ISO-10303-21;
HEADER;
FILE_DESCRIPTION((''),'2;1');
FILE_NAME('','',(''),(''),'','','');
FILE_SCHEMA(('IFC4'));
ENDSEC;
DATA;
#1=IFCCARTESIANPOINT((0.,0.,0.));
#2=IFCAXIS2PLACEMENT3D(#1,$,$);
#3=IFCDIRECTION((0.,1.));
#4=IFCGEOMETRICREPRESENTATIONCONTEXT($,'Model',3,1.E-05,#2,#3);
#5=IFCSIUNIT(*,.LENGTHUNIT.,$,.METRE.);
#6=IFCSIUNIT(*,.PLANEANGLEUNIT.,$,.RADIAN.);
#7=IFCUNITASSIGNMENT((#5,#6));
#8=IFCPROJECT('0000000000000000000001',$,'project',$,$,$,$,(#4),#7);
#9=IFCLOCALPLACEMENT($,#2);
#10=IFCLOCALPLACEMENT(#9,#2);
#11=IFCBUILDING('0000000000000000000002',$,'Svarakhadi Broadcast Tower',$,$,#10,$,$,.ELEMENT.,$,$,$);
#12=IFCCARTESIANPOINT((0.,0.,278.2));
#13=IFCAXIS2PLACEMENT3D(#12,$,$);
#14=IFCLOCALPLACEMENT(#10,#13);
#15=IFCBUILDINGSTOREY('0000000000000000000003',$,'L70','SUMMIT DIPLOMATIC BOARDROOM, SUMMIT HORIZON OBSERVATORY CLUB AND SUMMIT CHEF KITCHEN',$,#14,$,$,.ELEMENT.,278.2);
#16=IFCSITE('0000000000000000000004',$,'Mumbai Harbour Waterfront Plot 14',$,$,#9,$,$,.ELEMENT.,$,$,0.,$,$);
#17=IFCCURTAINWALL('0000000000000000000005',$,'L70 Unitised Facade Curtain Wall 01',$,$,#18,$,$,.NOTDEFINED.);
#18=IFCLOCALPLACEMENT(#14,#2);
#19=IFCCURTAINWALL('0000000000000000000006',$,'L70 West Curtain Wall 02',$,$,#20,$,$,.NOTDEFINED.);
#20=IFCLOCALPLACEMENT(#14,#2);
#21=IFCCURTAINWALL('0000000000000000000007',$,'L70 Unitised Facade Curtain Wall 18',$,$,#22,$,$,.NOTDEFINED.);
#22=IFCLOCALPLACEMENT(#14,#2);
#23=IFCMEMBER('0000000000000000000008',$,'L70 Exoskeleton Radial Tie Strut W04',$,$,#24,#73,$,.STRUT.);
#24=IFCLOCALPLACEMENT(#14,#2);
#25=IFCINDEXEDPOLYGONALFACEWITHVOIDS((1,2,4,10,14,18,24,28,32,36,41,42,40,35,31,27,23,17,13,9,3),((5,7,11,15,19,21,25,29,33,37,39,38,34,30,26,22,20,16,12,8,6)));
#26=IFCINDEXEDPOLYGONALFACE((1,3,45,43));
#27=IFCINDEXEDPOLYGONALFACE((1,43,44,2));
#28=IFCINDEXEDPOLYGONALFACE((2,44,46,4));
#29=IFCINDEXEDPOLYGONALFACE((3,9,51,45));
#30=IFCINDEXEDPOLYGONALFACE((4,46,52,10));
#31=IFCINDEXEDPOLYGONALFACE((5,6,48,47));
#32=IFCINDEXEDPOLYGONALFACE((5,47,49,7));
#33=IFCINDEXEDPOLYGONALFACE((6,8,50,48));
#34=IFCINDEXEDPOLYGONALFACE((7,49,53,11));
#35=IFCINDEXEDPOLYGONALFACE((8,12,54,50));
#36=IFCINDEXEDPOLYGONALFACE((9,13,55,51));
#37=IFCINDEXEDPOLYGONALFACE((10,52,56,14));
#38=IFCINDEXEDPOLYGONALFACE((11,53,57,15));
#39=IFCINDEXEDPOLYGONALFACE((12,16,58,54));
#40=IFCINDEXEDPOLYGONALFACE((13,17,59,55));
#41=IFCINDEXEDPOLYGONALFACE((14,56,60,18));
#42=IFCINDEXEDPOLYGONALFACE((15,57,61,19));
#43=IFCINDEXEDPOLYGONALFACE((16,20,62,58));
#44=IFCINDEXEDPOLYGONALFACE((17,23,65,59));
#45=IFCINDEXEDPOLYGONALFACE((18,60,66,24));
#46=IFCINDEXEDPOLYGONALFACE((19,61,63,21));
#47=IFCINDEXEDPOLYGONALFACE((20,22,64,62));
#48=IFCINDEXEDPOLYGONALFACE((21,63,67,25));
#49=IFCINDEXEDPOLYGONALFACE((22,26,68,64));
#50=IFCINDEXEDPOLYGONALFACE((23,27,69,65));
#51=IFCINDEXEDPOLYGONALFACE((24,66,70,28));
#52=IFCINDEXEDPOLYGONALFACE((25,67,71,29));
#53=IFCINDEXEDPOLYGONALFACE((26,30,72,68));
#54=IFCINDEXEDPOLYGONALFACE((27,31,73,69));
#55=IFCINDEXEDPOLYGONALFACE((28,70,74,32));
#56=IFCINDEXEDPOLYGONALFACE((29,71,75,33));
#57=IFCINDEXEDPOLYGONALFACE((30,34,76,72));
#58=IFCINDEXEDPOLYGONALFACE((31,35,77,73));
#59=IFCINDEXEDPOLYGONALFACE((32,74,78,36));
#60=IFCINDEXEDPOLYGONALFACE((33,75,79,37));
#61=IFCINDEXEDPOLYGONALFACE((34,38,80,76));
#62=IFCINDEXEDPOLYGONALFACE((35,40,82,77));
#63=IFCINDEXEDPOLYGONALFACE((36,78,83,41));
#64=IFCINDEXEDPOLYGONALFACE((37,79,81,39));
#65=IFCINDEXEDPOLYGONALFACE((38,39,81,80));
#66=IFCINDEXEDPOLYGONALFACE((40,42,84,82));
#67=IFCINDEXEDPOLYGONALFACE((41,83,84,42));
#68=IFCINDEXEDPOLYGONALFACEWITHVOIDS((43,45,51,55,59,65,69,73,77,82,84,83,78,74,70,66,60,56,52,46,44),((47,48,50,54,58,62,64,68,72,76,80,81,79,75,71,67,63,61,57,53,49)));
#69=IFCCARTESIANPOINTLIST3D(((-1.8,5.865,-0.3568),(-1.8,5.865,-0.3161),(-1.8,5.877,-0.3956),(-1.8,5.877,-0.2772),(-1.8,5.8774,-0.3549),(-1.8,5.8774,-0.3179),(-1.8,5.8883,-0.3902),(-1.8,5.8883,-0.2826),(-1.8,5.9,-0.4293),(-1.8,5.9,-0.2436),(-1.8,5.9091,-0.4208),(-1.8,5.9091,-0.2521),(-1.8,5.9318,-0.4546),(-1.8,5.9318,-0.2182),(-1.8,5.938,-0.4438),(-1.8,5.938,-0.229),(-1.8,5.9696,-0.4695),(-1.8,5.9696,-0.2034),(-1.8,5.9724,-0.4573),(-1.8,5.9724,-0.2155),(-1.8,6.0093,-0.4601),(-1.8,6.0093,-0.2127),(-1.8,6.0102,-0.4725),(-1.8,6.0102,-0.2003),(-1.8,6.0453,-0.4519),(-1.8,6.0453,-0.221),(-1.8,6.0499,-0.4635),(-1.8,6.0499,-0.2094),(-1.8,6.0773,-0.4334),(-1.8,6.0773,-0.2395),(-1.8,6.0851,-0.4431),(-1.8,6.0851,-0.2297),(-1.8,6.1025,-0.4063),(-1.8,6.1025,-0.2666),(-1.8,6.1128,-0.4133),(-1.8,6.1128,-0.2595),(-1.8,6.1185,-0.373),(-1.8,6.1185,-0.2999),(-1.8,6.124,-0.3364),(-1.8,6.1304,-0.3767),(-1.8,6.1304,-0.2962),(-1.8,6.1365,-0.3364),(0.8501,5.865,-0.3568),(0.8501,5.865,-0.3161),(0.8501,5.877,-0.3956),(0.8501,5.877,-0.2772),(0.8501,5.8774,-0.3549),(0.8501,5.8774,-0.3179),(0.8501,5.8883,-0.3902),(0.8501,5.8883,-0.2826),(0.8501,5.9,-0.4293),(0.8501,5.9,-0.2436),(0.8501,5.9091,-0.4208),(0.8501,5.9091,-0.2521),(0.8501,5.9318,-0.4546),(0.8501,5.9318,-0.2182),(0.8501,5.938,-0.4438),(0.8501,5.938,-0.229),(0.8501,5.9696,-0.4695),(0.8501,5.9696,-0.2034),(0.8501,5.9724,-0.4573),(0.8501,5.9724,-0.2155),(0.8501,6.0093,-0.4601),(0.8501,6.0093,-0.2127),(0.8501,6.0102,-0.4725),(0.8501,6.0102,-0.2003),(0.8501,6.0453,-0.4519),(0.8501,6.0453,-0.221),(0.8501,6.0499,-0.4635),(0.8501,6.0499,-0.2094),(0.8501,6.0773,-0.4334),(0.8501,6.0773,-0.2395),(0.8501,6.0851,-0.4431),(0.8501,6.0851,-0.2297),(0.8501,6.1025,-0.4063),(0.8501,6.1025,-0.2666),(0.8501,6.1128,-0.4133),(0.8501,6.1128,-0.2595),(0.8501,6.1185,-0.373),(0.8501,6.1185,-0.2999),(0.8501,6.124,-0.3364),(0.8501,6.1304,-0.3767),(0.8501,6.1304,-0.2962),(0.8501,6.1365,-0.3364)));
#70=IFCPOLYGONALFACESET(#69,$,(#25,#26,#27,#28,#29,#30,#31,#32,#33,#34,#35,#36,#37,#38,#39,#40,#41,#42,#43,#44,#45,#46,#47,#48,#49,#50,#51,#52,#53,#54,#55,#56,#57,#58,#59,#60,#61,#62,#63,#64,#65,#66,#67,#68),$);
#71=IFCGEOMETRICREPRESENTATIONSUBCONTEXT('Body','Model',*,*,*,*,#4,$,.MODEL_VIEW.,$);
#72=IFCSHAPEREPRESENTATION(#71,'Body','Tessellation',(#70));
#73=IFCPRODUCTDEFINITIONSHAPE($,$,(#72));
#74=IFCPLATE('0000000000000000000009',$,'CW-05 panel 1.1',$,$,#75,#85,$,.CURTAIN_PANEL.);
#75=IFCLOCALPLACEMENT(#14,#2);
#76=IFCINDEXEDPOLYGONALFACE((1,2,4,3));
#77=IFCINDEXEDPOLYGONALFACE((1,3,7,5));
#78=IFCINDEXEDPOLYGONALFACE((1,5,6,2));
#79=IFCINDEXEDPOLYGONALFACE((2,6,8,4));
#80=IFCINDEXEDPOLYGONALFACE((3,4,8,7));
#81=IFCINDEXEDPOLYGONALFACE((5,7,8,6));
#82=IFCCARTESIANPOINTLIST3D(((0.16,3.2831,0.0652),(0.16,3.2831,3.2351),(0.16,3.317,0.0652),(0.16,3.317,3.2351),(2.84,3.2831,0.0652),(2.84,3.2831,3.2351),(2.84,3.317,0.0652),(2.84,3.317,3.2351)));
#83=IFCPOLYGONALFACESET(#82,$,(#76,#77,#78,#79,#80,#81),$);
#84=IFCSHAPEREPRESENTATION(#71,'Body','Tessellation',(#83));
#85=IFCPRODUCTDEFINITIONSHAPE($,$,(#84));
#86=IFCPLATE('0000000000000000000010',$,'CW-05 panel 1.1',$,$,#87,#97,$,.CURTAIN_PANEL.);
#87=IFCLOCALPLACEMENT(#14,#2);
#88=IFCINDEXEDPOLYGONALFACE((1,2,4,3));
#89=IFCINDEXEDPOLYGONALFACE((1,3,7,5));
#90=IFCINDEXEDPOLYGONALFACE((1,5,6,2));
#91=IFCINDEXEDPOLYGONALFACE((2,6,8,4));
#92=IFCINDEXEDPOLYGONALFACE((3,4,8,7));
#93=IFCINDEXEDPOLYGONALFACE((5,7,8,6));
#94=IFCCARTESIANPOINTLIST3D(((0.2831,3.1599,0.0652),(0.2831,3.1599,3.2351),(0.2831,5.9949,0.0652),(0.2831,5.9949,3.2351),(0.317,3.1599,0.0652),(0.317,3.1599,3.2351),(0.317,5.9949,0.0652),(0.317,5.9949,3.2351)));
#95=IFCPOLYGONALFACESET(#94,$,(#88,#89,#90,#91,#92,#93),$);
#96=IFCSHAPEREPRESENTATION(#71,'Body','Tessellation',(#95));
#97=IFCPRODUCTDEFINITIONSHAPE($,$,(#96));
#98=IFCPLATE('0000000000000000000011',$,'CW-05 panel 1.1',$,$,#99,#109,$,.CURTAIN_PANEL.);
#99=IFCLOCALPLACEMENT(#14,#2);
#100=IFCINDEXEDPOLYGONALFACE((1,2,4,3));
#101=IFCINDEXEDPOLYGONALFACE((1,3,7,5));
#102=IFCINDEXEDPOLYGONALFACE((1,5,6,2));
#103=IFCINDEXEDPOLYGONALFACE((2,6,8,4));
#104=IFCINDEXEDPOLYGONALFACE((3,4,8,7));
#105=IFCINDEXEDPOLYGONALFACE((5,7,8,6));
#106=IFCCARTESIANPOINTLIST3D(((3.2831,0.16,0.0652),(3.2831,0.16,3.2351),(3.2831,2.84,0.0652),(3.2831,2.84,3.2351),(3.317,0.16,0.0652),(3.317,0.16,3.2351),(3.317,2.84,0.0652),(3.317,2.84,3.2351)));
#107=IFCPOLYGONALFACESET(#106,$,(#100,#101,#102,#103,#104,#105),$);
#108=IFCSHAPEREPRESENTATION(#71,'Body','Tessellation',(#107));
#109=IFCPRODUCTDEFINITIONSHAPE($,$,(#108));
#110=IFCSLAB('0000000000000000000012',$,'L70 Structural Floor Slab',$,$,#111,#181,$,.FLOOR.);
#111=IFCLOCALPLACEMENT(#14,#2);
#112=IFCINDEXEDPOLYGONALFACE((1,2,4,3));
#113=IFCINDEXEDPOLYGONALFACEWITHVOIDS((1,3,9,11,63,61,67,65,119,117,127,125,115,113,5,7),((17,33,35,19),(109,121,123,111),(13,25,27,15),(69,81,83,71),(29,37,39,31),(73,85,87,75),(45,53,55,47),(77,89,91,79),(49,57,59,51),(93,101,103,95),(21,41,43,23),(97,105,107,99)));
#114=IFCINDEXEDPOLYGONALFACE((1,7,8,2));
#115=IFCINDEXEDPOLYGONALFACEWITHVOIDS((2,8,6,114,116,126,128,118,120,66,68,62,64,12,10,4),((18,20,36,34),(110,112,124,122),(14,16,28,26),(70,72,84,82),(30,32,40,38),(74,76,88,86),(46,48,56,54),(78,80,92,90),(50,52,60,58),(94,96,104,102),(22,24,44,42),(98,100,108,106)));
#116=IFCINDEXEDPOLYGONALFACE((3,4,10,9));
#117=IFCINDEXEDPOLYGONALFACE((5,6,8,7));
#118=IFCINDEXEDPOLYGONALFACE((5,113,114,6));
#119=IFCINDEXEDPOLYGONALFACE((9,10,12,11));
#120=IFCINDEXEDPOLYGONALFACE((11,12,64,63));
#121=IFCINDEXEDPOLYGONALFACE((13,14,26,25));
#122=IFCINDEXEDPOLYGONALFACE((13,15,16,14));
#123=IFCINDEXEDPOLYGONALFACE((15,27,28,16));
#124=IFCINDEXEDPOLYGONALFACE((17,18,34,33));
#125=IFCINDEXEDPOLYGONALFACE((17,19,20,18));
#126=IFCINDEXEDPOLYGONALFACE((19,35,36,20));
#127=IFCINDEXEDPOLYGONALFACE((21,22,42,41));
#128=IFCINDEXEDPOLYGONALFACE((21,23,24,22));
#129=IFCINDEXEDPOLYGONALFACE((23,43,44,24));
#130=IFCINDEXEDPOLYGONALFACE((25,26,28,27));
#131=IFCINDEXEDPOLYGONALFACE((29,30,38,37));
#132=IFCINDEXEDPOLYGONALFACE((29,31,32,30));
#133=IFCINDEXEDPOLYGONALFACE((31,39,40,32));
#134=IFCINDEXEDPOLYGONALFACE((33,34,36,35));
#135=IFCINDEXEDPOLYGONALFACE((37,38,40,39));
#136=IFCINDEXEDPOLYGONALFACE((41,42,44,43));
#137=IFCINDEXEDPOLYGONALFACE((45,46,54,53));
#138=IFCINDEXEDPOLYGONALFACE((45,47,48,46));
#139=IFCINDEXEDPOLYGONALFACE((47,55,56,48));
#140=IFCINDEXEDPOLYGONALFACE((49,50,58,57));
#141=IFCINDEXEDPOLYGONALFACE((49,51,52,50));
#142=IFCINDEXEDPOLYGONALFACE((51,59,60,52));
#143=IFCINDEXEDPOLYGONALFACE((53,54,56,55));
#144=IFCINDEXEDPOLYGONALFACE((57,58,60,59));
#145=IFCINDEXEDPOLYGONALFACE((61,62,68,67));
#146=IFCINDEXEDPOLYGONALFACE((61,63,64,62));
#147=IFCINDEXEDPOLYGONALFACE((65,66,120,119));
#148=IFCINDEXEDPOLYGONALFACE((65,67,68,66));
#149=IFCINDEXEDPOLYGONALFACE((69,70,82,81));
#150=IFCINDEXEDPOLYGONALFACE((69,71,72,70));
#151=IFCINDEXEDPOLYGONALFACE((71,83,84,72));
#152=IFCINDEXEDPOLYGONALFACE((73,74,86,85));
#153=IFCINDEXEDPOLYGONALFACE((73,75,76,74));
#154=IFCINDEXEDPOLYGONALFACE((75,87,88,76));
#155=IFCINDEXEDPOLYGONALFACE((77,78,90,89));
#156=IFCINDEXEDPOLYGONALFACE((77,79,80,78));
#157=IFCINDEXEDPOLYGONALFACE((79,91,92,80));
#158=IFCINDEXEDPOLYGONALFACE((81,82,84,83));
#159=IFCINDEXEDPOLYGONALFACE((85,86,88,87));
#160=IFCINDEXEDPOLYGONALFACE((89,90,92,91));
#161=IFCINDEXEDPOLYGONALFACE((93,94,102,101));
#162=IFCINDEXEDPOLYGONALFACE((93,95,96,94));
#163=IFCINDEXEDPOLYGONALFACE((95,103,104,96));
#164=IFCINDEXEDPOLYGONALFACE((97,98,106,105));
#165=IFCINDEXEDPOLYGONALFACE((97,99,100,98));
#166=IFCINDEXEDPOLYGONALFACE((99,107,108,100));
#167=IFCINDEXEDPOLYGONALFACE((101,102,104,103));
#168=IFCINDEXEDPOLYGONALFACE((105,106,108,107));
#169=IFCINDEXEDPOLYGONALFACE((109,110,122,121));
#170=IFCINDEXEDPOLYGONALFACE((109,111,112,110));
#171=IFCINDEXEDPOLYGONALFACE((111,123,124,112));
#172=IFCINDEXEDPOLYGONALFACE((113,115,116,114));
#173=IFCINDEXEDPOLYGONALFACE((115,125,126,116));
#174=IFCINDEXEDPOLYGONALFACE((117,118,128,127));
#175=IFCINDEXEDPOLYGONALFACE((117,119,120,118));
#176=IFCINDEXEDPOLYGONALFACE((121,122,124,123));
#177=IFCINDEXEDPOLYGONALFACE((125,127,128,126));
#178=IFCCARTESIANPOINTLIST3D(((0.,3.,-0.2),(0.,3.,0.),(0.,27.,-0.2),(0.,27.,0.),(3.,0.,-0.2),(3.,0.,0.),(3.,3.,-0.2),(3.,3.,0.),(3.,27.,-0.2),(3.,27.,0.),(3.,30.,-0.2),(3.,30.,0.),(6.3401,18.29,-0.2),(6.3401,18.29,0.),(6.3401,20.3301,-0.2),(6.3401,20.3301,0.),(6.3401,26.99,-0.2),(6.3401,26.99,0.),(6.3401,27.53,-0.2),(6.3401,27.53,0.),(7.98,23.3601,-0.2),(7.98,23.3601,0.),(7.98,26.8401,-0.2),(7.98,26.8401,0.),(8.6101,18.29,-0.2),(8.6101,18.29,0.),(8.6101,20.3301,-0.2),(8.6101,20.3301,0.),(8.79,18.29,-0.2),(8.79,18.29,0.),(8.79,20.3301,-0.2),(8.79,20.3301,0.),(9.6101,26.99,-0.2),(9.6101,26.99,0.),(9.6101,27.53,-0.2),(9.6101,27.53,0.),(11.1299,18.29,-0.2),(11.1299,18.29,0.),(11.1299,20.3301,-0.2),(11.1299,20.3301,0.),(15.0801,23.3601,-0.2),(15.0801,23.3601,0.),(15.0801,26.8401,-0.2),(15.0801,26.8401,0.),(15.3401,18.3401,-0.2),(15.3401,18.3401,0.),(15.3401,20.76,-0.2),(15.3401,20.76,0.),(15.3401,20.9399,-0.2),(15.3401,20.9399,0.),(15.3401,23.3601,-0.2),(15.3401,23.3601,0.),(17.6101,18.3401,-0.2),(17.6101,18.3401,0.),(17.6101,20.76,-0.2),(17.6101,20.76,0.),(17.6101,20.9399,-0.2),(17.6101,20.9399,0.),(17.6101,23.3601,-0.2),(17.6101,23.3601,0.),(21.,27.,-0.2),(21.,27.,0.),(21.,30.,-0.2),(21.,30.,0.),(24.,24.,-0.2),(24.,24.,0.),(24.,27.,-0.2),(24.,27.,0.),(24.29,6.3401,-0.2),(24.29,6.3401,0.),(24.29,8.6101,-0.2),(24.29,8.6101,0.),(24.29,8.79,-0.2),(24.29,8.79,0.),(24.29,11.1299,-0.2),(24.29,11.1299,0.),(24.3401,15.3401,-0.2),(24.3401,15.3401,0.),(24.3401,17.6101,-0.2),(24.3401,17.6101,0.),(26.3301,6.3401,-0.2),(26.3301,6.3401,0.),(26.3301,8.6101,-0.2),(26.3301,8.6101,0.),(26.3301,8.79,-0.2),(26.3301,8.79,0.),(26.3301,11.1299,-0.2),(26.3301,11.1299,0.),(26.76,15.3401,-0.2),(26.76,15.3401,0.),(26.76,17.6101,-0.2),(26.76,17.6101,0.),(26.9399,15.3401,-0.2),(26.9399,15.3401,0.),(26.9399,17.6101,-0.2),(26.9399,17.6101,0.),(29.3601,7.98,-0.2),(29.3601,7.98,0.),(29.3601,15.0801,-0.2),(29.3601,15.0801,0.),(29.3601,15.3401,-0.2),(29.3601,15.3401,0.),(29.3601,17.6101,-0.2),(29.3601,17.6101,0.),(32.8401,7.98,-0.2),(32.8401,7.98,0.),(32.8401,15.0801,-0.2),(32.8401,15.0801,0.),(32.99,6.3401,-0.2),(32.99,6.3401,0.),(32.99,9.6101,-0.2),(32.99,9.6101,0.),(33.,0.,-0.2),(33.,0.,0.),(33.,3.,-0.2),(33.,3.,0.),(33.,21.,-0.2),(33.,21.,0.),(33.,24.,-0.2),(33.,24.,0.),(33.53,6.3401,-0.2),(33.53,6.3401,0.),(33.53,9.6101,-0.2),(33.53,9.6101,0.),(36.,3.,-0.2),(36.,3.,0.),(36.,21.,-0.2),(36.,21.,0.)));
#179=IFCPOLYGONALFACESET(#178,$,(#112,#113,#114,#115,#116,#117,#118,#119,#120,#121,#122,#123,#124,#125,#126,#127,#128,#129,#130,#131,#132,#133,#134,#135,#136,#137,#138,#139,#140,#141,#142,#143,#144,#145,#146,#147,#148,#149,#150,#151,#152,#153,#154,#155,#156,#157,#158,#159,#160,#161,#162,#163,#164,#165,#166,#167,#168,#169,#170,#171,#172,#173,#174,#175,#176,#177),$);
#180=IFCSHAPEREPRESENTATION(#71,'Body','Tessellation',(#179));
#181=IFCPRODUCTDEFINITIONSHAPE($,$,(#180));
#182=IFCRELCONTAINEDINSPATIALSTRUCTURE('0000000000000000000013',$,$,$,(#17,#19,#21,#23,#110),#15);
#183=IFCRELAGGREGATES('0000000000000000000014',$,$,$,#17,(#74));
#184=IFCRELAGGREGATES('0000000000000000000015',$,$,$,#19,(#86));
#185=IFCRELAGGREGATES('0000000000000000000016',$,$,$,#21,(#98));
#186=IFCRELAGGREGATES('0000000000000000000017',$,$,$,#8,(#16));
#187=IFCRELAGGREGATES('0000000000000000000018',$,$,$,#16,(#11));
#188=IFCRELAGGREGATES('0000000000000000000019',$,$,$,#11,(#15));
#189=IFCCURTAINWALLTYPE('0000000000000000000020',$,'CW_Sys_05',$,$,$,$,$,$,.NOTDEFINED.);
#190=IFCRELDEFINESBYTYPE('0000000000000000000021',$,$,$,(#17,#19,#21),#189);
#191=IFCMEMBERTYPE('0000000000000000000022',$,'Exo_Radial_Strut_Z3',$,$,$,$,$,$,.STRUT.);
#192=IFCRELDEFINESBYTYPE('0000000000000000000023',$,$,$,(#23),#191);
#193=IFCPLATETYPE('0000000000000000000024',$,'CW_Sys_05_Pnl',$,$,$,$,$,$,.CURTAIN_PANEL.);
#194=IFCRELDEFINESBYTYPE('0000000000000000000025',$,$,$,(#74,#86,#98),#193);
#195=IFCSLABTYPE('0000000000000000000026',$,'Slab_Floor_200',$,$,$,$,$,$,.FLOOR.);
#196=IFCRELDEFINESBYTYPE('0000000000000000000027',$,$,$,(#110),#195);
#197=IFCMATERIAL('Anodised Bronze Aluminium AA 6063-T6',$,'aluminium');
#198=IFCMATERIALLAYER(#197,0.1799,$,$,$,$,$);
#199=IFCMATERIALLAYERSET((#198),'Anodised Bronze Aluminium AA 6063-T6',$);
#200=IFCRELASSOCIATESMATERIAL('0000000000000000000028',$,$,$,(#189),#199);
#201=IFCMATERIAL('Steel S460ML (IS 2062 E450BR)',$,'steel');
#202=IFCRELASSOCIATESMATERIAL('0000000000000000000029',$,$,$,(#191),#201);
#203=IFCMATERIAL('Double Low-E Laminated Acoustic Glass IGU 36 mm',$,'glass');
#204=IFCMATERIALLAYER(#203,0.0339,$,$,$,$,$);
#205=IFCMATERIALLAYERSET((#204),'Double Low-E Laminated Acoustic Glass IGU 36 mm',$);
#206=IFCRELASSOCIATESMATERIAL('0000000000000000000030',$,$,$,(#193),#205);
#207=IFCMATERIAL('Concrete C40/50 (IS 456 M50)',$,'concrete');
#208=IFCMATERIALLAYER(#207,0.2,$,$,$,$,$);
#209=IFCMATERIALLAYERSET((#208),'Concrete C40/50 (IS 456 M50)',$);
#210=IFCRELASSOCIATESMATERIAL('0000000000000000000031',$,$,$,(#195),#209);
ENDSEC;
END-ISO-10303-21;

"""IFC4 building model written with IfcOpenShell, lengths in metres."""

from ifc_helpers import new_model, si_unit, direction, frame, origin, origin_2d, place, context, subcontext, project, spatial, polyline, rectangle, hollow_circle, outline, extrude, material, layer, layer_set, material_profile, profile_set, type_object, element, aggregate, save


model = new_model("IFC4")

# Units and contexts
model_context = context("Model", 3, precision=1e-05, world=origin(), true_north=direction((0.0, 1.0)))
body_context = subcontext(model_context, "Body", "Model", "MODEL_VIEW")
ifc_project = project(units=[si_unit("LENGTHUNIT", "METRE"), si_unit("PLANEANGLEUNIT", "RADIAN")], contexts=[model_context])

# Site, building, storey
site_placement = place(None, origin())
site = spatial("IfcSite", under=ifc_project, at=site_placement, Name="Mumbai Harbour Waterfront Plot 14", CompositionType="ELEMENT", RefElevation=0.0)
building_placement = place(site_placement, origin())
building = spatial("IfcBuilding", under=site, at=building_placement, Name="Svarakhadi Broadcast Tower", CompositionType="ELEMENT")
storey_placement = place(building_placement, frame((0.0, 0.0, 278.2)))
storey = spatial("IfcBuildingStorey", under=building, at=storey_placement, Name="L70", Description="SUMMIT DIPLOMATIC BOARDROOM, SUMMIT HORIZON OBSERVATORY CLUB AND SUMMIT CHEF KITCHEN", CompositionType="ELEMENT", Elevation=278.2)

# Curtain wall
ifc_material_1 = material(Name="Anodised Bronze Aluminium AA 6063-T6", Category="aluminium")
ifc_layer_1 = layer(ifc_material_1, 0.1799)
ifc_layer_set_1 = layer_set([ifc_layer_1], Name="Anodised Bronze Aluminium AA 6063-T6")
curtain_wall_type = type_object("IfcCurtainWallType", Name="CW_Sys_05", PredefinedType="NOTDEFINED", material=ifc_layer_set_1)
curtain_wall_1_placement = place(storey_placement, origin())
curtain_wall_1 = element("IfcCurtainWall", 1, at=curtain_wall_1_placement, inside=storey, type_object=curtain_wall_type, Name="L70 Unitised Facade Curtain Wall 01", PredefinedType="NOTDEFINED")

# Curtain walls
curtain_wall_2_placement = place(storey_placement, origin())
curtain_wall_2 = element("IfcCurtainWall", 2, at=curtain_wall_2_placement, inside=storey, type_object=curtain_wall_type, Name="L70 West Curtain Wall 02", PredefinedType="NOTDEFINED")
curtain_wall_3_placement = place(storey_placement, origin())
curtain_wall_3 = element("IfcCurtainWall", 3, at=curtain_wall_3_placement, inside=storey, type_object=curtain_wall_type, Name="L70 Unitised Facade Curtain Wall 18", PredefinedType="NOTDEFINED")

# Member
ifc_material_2 = material(Name="Steel S460ML (IS 2062 E450BR)", Category="steel")
ifc_material_profile_1 = material_profile(ifc_material_2, hollow_circle(Radius=0.1365, WallThickness=0.0125, at=origin_2d()), Name="CHS 273x12.5")
ifc_profile_set_1 = profile_set([ifc_material_profile_1], Name="Steel S460ML (IS 2062 E450BR)")
member_type_1 = type_object("IfcMemberType", Name="Exo_Radial_Strut_Z3", PredefinedType="STRUT", material=ifc_profile_set_1)
member_1_placement = place(storey_placement, frame((-1.8, 6.0, -0.3364), z_axis=(1.0, 0.0, 0.0), x_axis=(0.0, 1.0, 0.0)))
element("IfcMember", 4, at=member_1_placement, inside=storey, type_object=member_type_1, Name="L70 Exoskeleton Radial Tie Strut W04", PredefinedType="STRUT", context=body_context, shape_type="SweptSolid", body=[
    extrude(hollow_circle(Radius=0.1365, WallThickness=0.0125, at=origin_2d()), origin(), (0.0, 0.0, 1.0), 2.6501),
])

# Plates
ifc_material_3 = material(Name="Double Low-E Laminated Acoustic Glass IGU 36 mm", Category="glass")
ifc_layer_2 = layer(ifc_material_3, 0.0339)
ifc_layer_set_2 = layer_set([ifc_layer_2], Name="Double Low-E Laminated Acoustic Glass IGU 36 mm")
plate_type = type_object("IfcPlateType", Name="CW_Sys_05_Pnl", PredefinedType="CURTAIN_PANEL", material=ifc_layer_set_2)
plate_1_placement = place(storey_placement, frame((1.5, 3.3, 0.0652), z_axis=(0.0, 0.0, 1.0), x_axis=(-1.0, 0.0, 0.0)))
plate_1 = element("IfcPlate", 5, at=plate_1_placement, type_object=plate_type, Name="CW-05 panel 1.1", PredefinedType="CURTAIN_PANEL", context=body_context, shape_type="SweptSolid", body=[
    extrude(rectangle(XDim=2.6799, YDim=0.0339, at=origin_2d()), origin(), (0.0, 0.0, 1.0), 3.1699),
])
aggregate(curtain_wall_1, [plate_1])
plate_2_placement = place(storey_placement, frame((0.3, 4.5774, 0.0652), z_axis=(0.0, 0.0, 1.0), x_axis=(0.0, 1.0, 0.0)))
plate_2 = element("IfcPlate", 6, at=plate_2_placement, type_object=plate_type, Name="CW-05 panel 1.1", PredefinedType="CURTAIN_PANEL", context=body_context, shape_type="SweptSolid", body=[
    extrude(rectangle(XDim=2.835, YDim=0.0339, at=origin_2d()), origin(), (0.0, 0.0, 1.0), 3.1699),
])
aggregate(curtain_wall_2, [plate_2])
plate_3_placement = place(storey_placement, frame((3.3, 1.5, 0.0652), z_axis=(0.0, 0.0, 1.0), x_axis=(0.0, 1.0, 0.0)))
plate_3 = element("IfcPlate", 7, at=plate_3_placement, type_object=plate_type, Name="CW-05 panel 1.1", PredefinedType="CURTAIN_PANEL", context=body_context, shape_type="SweptSolid", body=[
    extrude(rectangle(XDim=2.6799, YDim=0.0339, at=origin_2d()), origin(), (0.0, 0.0, 1.0), 3.1699),
])
aggregate(curtain_wall_3, [plate_3])

# Slab
ifc_material_4 = material(Name="Concrete C40/50 (IS 456 M50)", Category="concrete")
ifc_layer_3 = layer(ifc_material_4, 0.2)
ifc_layer_set_3 = layer_set([ifc_layer_3], Name="Concrete C40/50 (IS 456 M50)")
slab_type_1 = type_object("IfcSlabType", Name="Slab_Floor_200", PredefinedType="FLOOR", material=ifc_layer_set_3)
slab_1_placement = place(storey_placement, frame((0.0, 0.0, -0.2)))
element("IfcSlab", 8, at=slab_1_placement, inside=storey, type_object=slab_type_1, Name="L70 Structural Floor Slab", PredefinedType="FLOOR", context=body_context, shape_type="SweptSolid", body=[
    extrude(outline(polyline([(3.0, 0.0), (33.0, 0.0), (33.0, 3.0), (36.0, 3.0), (36.0, 21.0), (33.0, 21.0), (33.0, 24.0), (24.0, 24.0), (24.0, 27.0), (21.0, 27.0), (21.0, 30.0), (3.0, 30.0), (3.0, 27.0), (0.0, 27.0), (0.0, 3.0), (3.0, 3.0), (3.0, 0.0)]), holes=[polyline([(7.98, 23.3601), (15.0801, 23.3601), (15.0801, 26.8401), (7.98, 26.8401), (7.98, 23.3601)]), polyline([(32.8401, 7.98), (32.8401, 15.0801), (29.3601, 15.0801), (29.3601, 7.98), (32.8401, 7.98)]), polyline([(6.3401, 18.29), (8.6101, 18.29), (8.6101, 20.3301), (6.3401, 20.3301), (6.3401, 18.29)]), polyline([(8.79, 18.29), (11.1299, 18.29), (11.1299, 20.3301), (8.79, 20.3301), (8.79, 18.29)]), polyline([(24.29, 6.3401), (26.3301, 6.3401), (26.3301, 8.6101), (24.29, 8.6101), (24.29, 6.3401)]), polyline([(24.29, 8.79), (26.3301, 8.79), (26.3301, 11.1299), (24.29, 11.1299), (24.29, 8.79)]), polyline([(6.3401, 26.99), (9.6101, 26.99), (9.6101, 27.53), (6.3401, 27.53), (6.3401, 26.99)]), polyline([(32.99, 6.3401), (33.53, 6.3401), (33.53, 9.6101), (32.99, 9.6101), (32.99, 6.3401)]), polyline([(15.3401, 18.3401), (17.6101, 18.3401), (17.6101, 20.76), (15.3401, 20.76), (15.3401, 18.3401)]), polyline([(15.3401, 20.9399), (17.6101, 20.9399), (17.6101, 23.3601), (15.3401, 23.3601), (15.3401, 20.9399)]), polyline([(24.3401, 15.3401), (26.76, 15.3401), (26.76, 17.6101), (24.3401, 17.6101), (24.3401, 15.3401)]), polyline([(26.9399, 15.3401), (29.3601, 15.3401), (29.3601, 17.6101), (26.9399, 17.6101), (26.9399, 15.3401)])]), origin(), (0.0, 0.0, 1.0), 0.2),
])

save(model, "model.ifc")
